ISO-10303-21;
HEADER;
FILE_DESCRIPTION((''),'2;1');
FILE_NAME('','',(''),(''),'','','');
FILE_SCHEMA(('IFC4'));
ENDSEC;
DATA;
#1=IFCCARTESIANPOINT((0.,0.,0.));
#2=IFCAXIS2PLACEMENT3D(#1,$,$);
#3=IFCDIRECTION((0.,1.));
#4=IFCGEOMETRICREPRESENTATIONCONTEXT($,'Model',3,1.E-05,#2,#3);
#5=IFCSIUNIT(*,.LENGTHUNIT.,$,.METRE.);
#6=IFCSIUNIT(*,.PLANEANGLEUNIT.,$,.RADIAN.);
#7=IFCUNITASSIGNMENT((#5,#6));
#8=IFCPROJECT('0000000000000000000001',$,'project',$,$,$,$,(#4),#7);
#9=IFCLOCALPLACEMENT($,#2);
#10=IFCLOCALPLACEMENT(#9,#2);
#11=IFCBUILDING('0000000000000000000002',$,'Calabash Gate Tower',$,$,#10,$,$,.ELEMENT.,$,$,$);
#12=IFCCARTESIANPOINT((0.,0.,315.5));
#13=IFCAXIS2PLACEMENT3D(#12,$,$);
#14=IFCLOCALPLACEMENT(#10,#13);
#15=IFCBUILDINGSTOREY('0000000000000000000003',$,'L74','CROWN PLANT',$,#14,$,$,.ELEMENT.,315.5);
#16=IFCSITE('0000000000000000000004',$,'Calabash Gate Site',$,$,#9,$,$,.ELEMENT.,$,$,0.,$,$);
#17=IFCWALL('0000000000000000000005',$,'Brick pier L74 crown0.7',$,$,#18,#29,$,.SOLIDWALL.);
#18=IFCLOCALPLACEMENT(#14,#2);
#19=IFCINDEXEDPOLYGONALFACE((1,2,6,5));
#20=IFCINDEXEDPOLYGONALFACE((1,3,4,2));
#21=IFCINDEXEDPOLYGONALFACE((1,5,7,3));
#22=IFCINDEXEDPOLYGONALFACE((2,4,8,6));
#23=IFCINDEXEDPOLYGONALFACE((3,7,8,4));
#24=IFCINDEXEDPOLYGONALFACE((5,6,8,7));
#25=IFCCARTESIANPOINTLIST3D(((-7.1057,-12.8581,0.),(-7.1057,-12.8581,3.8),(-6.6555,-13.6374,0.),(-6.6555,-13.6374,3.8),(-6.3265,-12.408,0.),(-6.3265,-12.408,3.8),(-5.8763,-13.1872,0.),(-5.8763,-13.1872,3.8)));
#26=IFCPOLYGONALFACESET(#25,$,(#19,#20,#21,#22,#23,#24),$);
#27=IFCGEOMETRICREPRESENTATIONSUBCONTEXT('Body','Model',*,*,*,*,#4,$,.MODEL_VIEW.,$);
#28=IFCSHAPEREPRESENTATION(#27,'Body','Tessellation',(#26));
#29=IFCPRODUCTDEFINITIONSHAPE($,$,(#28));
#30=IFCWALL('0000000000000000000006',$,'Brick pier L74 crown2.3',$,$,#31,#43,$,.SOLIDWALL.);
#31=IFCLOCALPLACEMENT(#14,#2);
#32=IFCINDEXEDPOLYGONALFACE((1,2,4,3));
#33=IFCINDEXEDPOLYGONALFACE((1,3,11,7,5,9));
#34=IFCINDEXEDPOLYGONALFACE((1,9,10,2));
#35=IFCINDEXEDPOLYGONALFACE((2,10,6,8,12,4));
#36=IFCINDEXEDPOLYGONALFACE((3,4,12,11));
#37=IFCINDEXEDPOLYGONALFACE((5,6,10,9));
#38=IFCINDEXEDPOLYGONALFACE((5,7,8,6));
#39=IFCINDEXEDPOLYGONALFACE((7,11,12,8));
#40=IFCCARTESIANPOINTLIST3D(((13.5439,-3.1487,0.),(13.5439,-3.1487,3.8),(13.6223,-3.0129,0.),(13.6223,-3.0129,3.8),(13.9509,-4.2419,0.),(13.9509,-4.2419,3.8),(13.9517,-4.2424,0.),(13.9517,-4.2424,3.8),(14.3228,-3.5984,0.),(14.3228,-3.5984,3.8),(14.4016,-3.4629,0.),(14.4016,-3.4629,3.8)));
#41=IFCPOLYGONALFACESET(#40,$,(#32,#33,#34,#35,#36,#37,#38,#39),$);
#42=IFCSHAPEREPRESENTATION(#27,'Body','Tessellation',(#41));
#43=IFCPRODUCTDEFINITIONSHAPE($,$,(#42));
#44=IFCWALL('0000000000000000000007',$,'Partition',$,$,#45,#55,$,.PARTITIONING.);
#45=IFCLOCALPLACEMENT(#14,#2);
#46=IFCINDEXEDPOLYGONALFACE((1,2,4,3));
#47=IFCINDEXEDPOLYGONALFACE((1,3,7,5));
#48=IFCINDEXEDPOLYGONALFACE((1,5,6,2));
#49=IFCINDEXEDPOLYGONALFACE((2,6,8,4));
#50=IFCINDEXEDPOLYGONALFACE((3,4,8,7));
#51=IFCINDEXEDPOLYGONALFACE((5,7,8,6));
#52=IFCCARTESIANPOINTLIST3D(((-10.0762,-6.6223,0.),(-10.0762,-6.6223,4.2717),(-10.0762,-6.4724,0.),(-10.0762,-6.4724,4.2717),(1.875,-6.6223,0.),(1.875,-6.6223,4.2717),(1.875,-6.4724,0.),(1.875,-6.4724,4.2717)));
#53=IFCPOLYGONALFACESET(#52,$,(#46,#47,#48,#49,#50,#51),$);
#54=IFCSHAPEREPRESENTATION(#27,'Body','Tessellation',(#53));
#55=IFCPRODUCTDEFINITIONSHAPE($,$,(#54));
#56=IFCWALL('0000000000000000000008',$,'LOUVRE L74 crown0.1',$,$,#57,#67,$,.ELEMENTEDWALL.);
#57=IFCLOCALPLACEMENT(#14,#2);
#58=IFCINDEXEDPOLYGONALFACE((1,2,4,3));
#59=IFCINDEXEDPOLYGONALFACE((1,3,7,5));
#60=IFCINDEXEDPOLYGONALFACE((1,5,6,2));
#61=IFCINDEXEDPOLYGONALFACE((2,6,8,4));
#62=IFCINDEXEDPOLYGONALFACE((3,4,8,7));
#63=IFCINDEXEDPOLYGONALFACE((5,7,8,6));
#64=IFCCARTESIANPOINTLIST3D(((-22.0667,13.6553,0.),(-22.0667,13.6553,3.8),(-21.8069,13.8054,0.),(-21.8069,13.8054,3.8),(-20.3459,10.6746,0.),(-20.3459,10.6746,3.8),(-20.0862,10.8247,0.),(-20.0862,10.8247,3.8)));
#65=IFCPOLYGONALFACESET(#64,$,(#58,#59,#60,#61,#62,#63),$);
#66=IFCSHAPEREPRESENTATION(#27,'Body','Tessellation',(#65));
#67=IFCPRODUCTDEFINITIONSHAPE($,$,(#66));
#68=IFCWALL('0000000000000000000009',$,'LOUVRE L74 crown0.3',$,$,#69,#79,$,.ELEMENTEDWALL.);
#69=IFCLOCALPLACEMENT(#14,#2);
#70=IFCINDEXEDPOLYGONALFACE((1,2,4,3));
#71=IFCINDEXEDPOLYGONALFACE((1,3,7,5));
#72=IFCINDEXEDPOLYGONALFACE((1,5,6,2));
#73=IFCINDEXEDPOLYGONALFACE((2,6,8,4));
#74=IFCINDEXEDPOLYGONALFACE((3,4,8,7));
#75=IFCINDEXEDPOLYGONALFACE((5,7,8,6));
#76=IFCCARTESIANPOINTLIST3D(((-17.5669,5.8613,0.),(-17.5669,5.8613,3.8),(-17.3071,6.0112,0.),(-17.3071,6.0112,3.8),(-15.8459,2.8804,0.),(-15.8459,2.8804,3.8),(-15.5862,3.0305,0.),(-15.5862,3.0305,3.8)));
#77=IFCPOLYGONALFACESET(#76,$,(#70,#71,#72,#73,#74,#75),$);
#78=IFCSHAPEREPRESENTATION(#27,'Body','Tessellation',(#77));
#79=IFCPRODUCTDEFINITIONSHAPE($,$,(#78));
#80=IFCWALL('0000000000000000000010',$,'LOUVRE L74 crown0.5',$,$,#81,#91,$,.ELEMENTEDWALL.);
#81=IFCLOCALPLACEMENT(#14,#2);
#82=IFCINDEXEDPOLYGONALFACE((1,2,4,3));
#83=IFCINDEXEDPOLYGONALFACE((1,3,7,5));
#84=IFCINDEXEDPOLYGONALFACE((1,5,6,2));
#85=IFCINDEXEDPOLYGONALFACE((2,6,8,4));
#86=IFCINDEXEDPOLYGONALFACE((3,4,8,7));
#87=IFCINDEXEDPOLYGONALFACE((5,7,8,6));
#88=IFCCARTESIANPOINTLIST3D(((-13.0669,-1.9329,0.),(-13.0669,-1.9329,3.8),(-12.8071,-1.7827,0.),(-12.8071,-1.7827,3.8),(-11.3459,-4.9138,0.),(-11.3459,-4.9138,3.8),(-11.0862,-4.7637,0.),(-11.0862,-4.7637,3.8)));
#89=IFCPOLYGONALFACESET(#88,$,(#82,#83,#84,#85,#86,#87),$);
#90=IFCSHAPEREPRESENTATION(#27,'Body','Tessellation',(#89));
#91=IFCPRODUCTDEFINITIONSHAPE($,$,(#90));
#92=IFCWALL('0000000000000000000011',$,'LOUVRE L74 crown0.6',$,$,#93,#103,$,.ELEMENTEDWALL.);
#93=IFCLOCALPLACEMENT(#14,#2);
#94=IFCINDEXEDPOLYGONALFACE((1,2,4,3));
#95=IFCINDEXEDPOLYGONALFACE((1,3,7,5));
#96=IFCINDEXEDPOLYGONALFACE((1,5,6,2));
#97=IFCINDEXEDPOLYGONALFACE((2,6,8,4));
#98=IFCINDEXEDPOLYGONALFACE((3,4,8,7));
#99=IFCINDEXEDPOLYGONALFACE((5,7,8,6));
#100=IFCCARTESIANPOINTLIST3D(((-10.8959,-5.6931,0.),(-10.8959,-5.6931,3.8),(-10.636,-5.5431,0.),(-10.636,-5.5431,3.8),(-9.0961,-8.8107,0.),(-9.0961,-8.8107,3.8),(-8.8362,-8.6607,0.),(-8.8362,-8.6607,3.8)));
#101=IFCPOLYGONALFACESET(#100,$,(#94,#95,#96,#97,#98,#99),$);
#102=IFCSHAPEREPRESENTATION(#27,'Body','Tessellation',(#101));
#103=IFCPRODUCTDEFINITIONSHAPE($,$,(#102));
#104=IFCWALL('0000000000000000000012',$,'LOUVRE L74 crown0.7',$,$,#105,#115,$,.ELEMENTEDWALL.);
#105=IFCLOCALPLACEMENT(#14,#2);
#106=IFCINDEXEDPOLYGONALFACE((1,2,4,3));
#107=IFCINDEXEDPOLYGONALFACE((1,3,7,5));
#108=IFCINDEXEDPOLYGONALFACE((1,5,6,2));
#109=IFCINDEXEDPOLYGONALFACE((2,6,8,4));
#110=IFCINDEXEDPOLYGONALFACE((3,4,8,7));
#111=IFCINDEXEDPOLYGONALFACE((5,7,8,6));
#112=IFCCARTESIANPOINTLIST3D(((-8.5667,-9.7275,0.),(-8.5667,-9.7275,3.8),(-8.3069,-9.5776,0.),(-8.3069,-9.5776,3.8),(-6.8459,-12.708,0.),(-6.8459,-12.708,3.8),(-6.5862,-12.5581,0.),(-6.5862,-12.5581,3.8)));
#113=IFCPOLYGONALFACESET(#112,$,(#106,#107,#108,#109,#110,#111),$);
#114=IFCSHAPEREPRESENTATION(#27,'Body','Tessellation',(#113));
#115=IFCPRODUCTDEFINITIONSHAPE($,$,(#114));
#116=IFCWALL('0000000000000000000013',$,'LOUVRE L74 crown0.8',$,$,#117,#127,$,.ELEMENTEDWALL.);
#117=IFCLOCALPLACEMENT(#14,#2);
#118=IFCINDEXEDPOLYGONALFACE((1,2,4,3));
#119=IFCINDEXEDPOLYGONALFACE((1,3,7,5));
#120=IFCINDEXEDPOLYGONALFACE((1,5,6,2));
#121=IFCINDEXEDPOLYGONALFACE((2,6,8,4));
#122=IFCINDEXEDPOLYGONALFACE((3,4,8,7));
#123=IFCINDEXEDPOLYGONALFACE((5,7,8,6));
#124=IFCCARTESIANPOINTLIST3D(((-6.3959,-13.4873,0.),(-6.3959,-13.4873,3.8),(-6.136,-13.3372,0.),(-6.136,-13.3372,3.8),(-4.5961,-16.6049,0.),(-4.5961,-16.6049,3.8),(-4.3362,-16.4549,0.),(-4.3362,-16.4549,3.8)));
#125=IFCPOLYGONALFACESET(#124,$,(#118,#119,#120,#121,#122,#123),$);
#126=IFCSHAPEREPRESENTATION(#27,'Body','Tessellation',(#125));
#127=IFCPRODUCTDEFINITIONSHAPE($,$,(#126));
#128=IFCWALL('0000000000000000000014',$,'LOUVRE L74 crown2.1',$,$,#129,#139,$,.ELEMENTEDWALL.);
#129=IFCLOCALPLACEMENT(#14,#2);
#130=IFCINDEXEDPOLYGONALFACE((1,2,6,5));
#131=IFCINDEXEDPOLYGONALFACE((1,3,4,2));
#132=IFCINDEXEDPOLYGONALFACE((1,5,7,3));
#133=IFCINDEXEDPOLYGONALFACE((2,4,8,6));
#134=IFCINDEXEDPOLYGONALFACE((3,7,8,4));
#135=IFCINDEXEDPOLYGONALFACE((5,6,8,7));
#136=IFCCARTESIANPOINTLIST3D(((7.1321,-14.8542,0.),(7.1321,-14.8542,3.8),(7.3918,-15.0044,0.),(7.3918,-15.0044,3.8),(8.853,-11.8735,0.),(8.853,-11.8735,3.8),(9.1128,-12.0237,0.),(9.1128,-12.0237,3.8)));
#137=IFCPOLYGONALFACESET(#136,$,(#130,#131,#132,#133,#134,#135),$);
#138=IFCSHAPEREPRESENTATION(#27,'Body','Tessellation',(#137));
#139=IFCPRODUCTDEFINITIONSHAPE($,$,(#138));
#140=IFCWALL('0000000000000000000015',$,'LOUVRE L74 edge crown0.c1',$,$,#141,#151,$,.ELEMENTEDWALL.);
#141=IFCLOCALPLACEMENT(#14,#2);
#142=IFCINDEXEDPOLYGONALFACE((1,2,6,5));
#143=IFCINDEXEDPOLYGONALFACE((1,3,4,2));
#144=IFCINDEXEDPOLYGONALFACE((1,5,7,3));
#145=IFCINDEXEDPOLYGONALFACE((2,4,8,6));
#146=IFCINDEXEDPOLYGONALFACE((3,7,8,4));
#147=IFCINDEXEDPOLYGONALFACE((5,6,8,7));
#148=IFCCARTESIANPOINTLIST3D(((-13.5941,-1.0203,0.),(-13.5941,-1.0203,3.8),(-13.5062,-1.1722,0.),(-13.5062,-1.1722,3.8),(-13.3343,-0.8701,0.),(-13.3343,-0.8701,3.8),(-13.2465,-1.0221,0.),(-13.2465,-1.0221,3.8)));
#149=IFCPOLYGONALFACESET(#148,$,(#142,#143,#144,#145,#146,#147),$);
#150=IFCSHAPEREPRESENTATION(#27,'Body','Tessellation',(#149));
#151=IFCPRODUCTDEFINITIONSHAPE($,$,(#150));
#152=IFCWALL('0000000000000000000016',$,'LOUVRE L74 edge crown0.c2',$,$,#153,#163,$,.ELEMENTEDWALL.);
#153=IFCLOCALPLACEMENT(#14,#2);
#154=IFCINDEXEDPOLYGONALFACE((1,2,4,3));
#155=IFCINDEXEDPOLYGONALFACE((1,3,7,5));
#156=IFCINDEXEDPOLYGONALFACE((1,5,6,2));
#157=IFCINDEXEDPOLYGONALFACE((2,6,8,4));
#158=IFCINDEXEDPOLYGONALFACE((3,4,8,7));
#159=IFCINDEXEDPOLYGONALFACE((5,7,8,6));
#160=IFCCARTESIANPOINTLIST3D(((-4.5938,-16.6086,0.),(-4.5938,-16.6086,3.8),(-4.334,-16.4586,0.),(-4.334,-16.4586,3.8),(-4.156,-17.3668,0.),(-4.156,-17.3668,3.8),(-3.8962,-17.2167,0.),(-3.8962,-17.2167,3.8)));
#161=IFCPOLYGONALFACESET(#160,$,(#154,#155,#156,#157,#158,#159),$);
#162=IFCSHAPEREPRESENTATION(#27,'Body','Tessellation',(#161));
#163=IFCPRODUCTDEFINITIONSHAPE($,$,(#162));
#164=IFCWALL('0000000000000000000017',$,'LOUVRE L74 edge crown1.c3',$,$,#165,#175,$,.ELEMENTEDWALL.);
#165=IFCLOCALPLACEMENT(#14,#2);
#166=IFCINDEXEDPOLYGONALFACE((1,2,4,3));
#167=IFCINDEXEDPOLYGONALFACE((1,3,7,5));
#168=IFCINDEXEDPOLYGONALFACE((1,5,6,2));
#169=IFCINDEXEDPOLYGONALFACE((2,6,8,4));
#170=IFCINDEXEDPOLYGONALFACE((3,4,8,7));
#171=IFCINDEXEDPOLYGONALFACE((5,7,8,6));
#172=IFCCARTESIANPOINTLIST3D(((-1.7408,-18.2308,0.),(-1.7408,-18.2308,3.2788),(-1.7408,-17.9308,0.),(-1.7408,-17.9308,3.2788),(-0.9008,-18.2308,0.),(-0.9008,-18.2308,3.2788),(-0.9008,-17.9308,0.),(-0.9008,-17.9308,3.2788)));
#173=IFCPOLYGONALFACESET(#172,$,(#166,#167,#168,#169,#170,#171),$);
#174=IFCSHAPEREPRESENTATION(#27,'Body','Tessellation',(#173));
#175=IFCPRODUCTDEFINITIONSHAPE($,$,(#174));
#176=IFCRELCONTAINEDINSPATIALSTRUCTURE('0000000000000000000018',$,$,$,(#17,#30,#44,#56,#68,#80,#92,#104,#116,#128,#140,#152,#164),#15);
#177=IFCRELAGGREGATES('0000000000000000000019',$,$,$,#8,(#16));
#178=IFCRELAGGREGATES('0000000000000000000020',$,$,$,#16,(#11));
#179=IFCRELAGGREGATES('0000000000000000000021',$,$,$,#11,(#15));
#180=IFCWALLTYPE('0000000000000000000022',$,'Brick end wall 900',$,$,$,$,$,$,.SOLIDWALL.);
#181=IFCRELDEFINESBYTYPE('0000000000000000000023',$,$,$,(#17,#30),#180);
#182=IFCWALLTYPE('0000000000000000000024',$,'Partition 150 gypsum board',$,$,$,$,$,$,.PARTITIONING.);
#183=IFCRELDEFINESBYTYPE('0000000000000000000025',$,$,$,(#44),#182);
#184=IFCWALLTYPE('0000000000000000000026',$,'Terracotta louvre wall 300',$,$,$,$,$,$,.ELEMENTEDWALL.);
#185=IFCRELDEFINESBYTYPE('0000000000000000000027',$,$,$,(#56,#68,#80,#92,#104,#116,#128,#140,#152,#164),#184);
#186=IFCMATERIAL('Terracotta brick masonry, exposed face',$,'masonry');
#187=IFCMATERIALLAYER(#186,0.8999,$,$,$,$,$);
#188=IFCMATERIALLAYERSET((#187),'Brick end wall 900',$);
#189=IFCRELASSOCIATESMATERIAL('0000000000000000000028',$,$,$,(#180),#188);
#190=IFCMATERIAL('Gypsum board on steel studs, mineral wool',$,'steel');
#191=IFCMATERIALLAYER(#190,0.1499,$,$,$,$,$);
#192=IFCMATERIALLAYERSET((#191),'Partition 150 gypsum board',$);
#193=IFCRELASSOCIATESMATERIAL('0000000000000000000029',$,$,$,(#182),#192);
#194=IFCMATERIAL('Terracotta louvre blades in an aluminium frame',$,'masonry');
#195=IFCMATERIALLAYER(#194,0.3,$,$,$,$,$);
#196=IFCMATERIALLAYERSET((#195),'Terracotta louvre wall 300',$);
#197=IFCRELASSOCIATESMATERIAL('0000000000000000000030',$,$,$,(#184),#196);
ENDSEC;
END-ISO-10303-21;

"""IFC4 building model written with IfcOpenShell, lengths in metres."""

from ifc_helpers import new_model, si_unit, direction, frame, frame_2d, origin, place, context, subcontext, project, spatial, polyline, rectangle, outline, extrude, material, layer, layer_set, type_object, element, save


model = new_model("IFC4")

# Units and contexts
model_context = context("Model", 3, precision=1e-05, world=origin(), true_north=direction((0.0, 1.0)))
body_context = subcontext(model_context, "Body", "Model", "MODEL_VIEW")
ifc_project = project(units=[si_unit("LENGTHUNIT", "METRE"), si_unit("PLANEANGLEUNIT", "RADIAN")], contexts=[model_context])

# Site, building, storey
site_placement = place(None, origin())
site = spatial("IfcSite", under=ifc_project, at=site_placement, Name="Calabash Gate Site", CompositionType="ELEMENT", RefElevation=0.0)
building_placement = place(site_placement, origin())
building = spatial("IfcBuilding", under=site, at=building_placement, Name="Calabash Gate Tower", CompositionType="ELEMENT")
storey_placement = place(building_placement, frame((0.0, 0.0, 315.5)))
storey = spatial("IfcBuildingStorey", under=building, at=storey_placement, Name="L74", Description="CROWN PLANT", CompositionType="ELEMENT", Elevation=315.5)

# Walls
ifc_material_1 = material(Name="Terracotta brick masonry, exposed face", Category="masonry")
ifc_layer_1 = layer(ifc_material_1, 0.8999)
ifc_layer_set_1 = layer_set([ifc_layer_1], Name="Brick end wall 900")
wall_type_1 = type_object("IfcWallType", Name="Brick end wall 900", PredefinedType="SOLIDWALL", material=ifc_layer_set_1)
for number, where, z_axis, x_axis, name in (
    (1, (-6.7161, -12.6331, 0.0), (0.0, 0.0, 1.0), (0.500223, -0.865896, 0.0), "Brick pier L74 crown0.7"),
):
    element("IfcWall", number, at=place(storey_placement, frame(where, z_axis=z_axis, x_axis=x_axis)), inside=storey, type_object=wall_type_1, Name=name, PredefinedType="SOLIDWALL", context=body_context, shape_type="SweptSolid", body=[
        extrude(rectangle(XDim=0.8999, YDim=0.8999, at=frame_2d((0.45, 0.0))), origin(), (0.0, 0.0, 1.0), 3.8),
    ])
wall_1_placement = place(storey_placement, origin())
element("IfcWall", 2, at=wall_1_placement, inside=storey, type_object=wall_type_1, Name="Brick pier L74 crown2.3", PredefinedType="SOLIDWALL", context=body_context, shape_type="SweptSolid", body=[
    extrude(outline(polyline([(14.4016, -3.4629), (13.6223, -3.0129), (13.5439, -3.1487), (14.3228, -3.5984), (13.9509, -4.2419), (13.9517, -4.2424), (14.4016, -3.4629)])), origin(), (0.0, 0.0, 1.0), 3.8),
])
ifc_material_2 = material(Name="Gypsum board on steel studs, mineral wool", Category="steel")
ifc_layer_2 = layer(ifc_material_2, 0.1499)
ifc_layer_set_2 = layer_set([ifc_layer_2], Name="Partition 150 gypsum board")
wall_type_2 = type_object("IfcWallType", Name="Partition 150 gypsum board", PredefinedType="PARTITIONING", material=ifc_layer_set_2)
wall_2_placement = place(storey_placement, frame((-10.0762, -6.5474, 0.0), z_axis=(0.0, 0.0, 1.0), x_axis=(1.0, 0.0, 0.0)))
element("IfcWall", 3, at=wall_2_placement, inside=storey, type_object=wall_type_2, Name="Partition", PredefinedType="PARTITIONING", context=body_context, shape_type="SweptSolid", body=[
    extrude(rectangle(XDim=11.9512, YDim=0.1499, at=frame_2d((5.9756, 0.0))), origin(), (0.0, 0.0, 1.0), 4.2717),
])
ifc_material_3 = material(Name="Terracotta louvre blades in an aluminium frame", Category="masonry")
ifc_layer_3 = layer(ifc_material_3, 0.3)
ifc_layer_set_3 = layer_set([ifc_layer_3], Name="Terracotta louvre wall 300")
wall_type_3 = type_object("IfcWallType", Name="Terracotta louvre wall 300", PredefinedType="ELEMENTEDWALL", material=ifc_layer_set_3)
wall_3_placement = place(storey_placement, origin())
element("IfcWall", 4, at=wall_3_placement, inside=storey, type_object=wall_type_3, Name="LOUVRE L74 crown0.1", PredefinedType="ELEMENTEDWALL", context=body_context, shape_type="SweptSolid", body=[
    extrude(outline(polyline([(-20.0862, 10.8247), (-21.8069, 13.8054), (-22.0667, 13.6553), (-20.3459, 10.6746), (-20.0862, 10.8247)])), origin(), (0.0, 0.0, 1.0), 3.8),
])
wall_4_placement = place(storey_placement, origin())
element("IfcWall", 5, at=wall_4_placement, inside=storey, type_object=wall_type_3, Name="LOUVRE L74 crown0.3", PredefinedType="ELEMENTEDWALL", context=body_context, shape_type="SweptSolid", body=[
    extrude(outline(polyline([(-15.5862, 3.0305), (-17.3071, 6.0112), (-17.5669, 5.8613), (-15.8459, 2.8804), (-15.5862, 3.0305)])), origin(), (0.0, 0.0, 1.0), 3.8),
])
wall_5_placement = place(storey_placement, origin())
element("IfcWall", 6, at=wall_5_placement, inside=storey, type_object=wall_type_3, Name="LOUVRE L74 crown0.5", PredefinedType="ELEMENTEDWALL", context=body_context, shape_type="SweptSolid", body=[
    extrude(outline(polyline([(-11.0862, -4.7637), (-12.8071, -1.7827), (-13.0669, -1.9329), (-11.3459, -4.9138), (-11.0862, -4.7637)])), origin(), (0.0, 0.0, 1.0), 3.8),
])
wall_6_placement = place(storey_placement, frame((-10.7659, -5.6182, 0.0), z_axis=(0.0, 0.0, 1.0), x_axis=(0.499961, -0.866048, 0.0)))
element("IfcWall", 7, at=wall_6_placement, inside=storey, type_object=wall_type_3, Name="LOUVRE L74 crown0.6", PredefinedType="ELEMENTEDWALL", context=body_context, shape_type="SweptSolid", body=[
    extrude(rectangle(XDim=3.5999, YDim=0.3, at=frame_2d((1.7998, 0.0))), origin(), (0.0, 0.0, 1.0), 3.8),
])
wall_7_placement = place(storey_placement, origin())
element("IfcWall", 8, at=wall_7_placement, inside=storey, type_object=wall_type_3, Name="LOUVRE L74 crown0.7", PredefinedType="ELEMENTEDWALL", context=body_context, shape_type="SweptSolid", body=[
    extrude(outline(polyline([(-6.5862, -12.5581), (-8.3069, -9.5776), (-8.5667, -9.7275), (-6.8459, -12.708), (-6.5862, -12.5581)])), origin(), (0.0, 0.0, 1.0), 3.8),
])
wall_8_placement = place(storey_placement, frame((-6.2659, -13.4124, 0.0), z_axis=(0.0, 0.0, 1.0), x_axis=(0.499961, -0.866048, 0.0)))
element("IfcWall", 9, at=wall_8_placement, inside=storey, type_object=wall_type_3, Name="LOUVRE L74 crown0.8", PredefinedType="ELEMENTEDWALL", context=body_context, shape_type="SweptSolid", body=[
    extrude(rectangle(XDim=3.5999, YDim=0.3, at=frame_2d((1.7998, 0.0))), origin(), (0.0, 0.0, 1.0), 3.8),
])
wall_9_placement = place(storey_placement, origin())
element("IfcWall", 10, at=wall_9_placement, inside=storey, type_object=wall_type_3, Name="LOUVRE L74 crown2.1", PredefinedType="ELEMENTEDWALL", context=body_context, shape_type="SweptSolid", body=[
    extrude(outline(polyline([(7.3918, -15.0044), (9.1128, -12.0237), (8.853, -11.8735), (7.1321, -14.8542), (7.3918, -15.0044)])), origin(), (0.0, 0.0, 1.0), 3.8),
])
wall_10_placement = place(storey_placement, frame((-13.55, -1.0962, 0.0), z_axis=(0.0, 0.0, 1.0), x_axis=(0.865779, 0.500427, 0.0)))
element("IfcWall", 11, at=wall_10_placement, inside=storey, type_object=wall_type_3, Name="LOUVRE L74 edge crown0.c1", PredefinedType="ELEMENTEDWALL", context=body_context, shape_type="SweptSolid", body=[
    extrude(rectangle(XDim=0.3, YDim=0.1755, at=frame_2d((0.1499, 0.0))), origin(), (0.0, 0.0, 1.0), 3.8),
])
wall_11_placement = place(storey_placement, frame((-4.0261, -17.2917, 0.0), z_axis=(0.0, 0.0, 1.0), x_axis=(-0.500068, 0.865986, 0.0)))
element("IfcWall", 12, at=wall_11_placement, inside=storey, type_object=wall_type_3, Name="LOUVRE L74 edge crown0.c2", PredefinedType="ELEMENTEDWALL", context=body_context, shape_type="SweptSolid", body=[
    extrude(rectangle(XDim=0.8755, YDim=0.3, at=frame_2d((0.4377, 0.0))), origin(), (0.0, 0.0, 1.0), 3.8),
])
wall_12_placement = place(storey_placement, frame((-1.7407, -18.0808, 0.0), z_axis=(0.0, 0.0, 1.0), x_axis=(1.0, 0.0, 0.0)))
element("IfcWall", 13, at=wall_12_placement, inside=storey, type_object=wall_type_3, Name="LOUVRE L74 edge crown1.c3", PredefinedType="ELEMENTEDWALL", context=body_context, shape_type="SweptSolid", body=[
    extrude(rectangle(XDim=0.8401, YDim=0.3, at=frame_2d((0.4199, 0.0))), origin(), (0.0, 0.0, 1.0), 3.2788),
])

save(model, "model.ifc")
